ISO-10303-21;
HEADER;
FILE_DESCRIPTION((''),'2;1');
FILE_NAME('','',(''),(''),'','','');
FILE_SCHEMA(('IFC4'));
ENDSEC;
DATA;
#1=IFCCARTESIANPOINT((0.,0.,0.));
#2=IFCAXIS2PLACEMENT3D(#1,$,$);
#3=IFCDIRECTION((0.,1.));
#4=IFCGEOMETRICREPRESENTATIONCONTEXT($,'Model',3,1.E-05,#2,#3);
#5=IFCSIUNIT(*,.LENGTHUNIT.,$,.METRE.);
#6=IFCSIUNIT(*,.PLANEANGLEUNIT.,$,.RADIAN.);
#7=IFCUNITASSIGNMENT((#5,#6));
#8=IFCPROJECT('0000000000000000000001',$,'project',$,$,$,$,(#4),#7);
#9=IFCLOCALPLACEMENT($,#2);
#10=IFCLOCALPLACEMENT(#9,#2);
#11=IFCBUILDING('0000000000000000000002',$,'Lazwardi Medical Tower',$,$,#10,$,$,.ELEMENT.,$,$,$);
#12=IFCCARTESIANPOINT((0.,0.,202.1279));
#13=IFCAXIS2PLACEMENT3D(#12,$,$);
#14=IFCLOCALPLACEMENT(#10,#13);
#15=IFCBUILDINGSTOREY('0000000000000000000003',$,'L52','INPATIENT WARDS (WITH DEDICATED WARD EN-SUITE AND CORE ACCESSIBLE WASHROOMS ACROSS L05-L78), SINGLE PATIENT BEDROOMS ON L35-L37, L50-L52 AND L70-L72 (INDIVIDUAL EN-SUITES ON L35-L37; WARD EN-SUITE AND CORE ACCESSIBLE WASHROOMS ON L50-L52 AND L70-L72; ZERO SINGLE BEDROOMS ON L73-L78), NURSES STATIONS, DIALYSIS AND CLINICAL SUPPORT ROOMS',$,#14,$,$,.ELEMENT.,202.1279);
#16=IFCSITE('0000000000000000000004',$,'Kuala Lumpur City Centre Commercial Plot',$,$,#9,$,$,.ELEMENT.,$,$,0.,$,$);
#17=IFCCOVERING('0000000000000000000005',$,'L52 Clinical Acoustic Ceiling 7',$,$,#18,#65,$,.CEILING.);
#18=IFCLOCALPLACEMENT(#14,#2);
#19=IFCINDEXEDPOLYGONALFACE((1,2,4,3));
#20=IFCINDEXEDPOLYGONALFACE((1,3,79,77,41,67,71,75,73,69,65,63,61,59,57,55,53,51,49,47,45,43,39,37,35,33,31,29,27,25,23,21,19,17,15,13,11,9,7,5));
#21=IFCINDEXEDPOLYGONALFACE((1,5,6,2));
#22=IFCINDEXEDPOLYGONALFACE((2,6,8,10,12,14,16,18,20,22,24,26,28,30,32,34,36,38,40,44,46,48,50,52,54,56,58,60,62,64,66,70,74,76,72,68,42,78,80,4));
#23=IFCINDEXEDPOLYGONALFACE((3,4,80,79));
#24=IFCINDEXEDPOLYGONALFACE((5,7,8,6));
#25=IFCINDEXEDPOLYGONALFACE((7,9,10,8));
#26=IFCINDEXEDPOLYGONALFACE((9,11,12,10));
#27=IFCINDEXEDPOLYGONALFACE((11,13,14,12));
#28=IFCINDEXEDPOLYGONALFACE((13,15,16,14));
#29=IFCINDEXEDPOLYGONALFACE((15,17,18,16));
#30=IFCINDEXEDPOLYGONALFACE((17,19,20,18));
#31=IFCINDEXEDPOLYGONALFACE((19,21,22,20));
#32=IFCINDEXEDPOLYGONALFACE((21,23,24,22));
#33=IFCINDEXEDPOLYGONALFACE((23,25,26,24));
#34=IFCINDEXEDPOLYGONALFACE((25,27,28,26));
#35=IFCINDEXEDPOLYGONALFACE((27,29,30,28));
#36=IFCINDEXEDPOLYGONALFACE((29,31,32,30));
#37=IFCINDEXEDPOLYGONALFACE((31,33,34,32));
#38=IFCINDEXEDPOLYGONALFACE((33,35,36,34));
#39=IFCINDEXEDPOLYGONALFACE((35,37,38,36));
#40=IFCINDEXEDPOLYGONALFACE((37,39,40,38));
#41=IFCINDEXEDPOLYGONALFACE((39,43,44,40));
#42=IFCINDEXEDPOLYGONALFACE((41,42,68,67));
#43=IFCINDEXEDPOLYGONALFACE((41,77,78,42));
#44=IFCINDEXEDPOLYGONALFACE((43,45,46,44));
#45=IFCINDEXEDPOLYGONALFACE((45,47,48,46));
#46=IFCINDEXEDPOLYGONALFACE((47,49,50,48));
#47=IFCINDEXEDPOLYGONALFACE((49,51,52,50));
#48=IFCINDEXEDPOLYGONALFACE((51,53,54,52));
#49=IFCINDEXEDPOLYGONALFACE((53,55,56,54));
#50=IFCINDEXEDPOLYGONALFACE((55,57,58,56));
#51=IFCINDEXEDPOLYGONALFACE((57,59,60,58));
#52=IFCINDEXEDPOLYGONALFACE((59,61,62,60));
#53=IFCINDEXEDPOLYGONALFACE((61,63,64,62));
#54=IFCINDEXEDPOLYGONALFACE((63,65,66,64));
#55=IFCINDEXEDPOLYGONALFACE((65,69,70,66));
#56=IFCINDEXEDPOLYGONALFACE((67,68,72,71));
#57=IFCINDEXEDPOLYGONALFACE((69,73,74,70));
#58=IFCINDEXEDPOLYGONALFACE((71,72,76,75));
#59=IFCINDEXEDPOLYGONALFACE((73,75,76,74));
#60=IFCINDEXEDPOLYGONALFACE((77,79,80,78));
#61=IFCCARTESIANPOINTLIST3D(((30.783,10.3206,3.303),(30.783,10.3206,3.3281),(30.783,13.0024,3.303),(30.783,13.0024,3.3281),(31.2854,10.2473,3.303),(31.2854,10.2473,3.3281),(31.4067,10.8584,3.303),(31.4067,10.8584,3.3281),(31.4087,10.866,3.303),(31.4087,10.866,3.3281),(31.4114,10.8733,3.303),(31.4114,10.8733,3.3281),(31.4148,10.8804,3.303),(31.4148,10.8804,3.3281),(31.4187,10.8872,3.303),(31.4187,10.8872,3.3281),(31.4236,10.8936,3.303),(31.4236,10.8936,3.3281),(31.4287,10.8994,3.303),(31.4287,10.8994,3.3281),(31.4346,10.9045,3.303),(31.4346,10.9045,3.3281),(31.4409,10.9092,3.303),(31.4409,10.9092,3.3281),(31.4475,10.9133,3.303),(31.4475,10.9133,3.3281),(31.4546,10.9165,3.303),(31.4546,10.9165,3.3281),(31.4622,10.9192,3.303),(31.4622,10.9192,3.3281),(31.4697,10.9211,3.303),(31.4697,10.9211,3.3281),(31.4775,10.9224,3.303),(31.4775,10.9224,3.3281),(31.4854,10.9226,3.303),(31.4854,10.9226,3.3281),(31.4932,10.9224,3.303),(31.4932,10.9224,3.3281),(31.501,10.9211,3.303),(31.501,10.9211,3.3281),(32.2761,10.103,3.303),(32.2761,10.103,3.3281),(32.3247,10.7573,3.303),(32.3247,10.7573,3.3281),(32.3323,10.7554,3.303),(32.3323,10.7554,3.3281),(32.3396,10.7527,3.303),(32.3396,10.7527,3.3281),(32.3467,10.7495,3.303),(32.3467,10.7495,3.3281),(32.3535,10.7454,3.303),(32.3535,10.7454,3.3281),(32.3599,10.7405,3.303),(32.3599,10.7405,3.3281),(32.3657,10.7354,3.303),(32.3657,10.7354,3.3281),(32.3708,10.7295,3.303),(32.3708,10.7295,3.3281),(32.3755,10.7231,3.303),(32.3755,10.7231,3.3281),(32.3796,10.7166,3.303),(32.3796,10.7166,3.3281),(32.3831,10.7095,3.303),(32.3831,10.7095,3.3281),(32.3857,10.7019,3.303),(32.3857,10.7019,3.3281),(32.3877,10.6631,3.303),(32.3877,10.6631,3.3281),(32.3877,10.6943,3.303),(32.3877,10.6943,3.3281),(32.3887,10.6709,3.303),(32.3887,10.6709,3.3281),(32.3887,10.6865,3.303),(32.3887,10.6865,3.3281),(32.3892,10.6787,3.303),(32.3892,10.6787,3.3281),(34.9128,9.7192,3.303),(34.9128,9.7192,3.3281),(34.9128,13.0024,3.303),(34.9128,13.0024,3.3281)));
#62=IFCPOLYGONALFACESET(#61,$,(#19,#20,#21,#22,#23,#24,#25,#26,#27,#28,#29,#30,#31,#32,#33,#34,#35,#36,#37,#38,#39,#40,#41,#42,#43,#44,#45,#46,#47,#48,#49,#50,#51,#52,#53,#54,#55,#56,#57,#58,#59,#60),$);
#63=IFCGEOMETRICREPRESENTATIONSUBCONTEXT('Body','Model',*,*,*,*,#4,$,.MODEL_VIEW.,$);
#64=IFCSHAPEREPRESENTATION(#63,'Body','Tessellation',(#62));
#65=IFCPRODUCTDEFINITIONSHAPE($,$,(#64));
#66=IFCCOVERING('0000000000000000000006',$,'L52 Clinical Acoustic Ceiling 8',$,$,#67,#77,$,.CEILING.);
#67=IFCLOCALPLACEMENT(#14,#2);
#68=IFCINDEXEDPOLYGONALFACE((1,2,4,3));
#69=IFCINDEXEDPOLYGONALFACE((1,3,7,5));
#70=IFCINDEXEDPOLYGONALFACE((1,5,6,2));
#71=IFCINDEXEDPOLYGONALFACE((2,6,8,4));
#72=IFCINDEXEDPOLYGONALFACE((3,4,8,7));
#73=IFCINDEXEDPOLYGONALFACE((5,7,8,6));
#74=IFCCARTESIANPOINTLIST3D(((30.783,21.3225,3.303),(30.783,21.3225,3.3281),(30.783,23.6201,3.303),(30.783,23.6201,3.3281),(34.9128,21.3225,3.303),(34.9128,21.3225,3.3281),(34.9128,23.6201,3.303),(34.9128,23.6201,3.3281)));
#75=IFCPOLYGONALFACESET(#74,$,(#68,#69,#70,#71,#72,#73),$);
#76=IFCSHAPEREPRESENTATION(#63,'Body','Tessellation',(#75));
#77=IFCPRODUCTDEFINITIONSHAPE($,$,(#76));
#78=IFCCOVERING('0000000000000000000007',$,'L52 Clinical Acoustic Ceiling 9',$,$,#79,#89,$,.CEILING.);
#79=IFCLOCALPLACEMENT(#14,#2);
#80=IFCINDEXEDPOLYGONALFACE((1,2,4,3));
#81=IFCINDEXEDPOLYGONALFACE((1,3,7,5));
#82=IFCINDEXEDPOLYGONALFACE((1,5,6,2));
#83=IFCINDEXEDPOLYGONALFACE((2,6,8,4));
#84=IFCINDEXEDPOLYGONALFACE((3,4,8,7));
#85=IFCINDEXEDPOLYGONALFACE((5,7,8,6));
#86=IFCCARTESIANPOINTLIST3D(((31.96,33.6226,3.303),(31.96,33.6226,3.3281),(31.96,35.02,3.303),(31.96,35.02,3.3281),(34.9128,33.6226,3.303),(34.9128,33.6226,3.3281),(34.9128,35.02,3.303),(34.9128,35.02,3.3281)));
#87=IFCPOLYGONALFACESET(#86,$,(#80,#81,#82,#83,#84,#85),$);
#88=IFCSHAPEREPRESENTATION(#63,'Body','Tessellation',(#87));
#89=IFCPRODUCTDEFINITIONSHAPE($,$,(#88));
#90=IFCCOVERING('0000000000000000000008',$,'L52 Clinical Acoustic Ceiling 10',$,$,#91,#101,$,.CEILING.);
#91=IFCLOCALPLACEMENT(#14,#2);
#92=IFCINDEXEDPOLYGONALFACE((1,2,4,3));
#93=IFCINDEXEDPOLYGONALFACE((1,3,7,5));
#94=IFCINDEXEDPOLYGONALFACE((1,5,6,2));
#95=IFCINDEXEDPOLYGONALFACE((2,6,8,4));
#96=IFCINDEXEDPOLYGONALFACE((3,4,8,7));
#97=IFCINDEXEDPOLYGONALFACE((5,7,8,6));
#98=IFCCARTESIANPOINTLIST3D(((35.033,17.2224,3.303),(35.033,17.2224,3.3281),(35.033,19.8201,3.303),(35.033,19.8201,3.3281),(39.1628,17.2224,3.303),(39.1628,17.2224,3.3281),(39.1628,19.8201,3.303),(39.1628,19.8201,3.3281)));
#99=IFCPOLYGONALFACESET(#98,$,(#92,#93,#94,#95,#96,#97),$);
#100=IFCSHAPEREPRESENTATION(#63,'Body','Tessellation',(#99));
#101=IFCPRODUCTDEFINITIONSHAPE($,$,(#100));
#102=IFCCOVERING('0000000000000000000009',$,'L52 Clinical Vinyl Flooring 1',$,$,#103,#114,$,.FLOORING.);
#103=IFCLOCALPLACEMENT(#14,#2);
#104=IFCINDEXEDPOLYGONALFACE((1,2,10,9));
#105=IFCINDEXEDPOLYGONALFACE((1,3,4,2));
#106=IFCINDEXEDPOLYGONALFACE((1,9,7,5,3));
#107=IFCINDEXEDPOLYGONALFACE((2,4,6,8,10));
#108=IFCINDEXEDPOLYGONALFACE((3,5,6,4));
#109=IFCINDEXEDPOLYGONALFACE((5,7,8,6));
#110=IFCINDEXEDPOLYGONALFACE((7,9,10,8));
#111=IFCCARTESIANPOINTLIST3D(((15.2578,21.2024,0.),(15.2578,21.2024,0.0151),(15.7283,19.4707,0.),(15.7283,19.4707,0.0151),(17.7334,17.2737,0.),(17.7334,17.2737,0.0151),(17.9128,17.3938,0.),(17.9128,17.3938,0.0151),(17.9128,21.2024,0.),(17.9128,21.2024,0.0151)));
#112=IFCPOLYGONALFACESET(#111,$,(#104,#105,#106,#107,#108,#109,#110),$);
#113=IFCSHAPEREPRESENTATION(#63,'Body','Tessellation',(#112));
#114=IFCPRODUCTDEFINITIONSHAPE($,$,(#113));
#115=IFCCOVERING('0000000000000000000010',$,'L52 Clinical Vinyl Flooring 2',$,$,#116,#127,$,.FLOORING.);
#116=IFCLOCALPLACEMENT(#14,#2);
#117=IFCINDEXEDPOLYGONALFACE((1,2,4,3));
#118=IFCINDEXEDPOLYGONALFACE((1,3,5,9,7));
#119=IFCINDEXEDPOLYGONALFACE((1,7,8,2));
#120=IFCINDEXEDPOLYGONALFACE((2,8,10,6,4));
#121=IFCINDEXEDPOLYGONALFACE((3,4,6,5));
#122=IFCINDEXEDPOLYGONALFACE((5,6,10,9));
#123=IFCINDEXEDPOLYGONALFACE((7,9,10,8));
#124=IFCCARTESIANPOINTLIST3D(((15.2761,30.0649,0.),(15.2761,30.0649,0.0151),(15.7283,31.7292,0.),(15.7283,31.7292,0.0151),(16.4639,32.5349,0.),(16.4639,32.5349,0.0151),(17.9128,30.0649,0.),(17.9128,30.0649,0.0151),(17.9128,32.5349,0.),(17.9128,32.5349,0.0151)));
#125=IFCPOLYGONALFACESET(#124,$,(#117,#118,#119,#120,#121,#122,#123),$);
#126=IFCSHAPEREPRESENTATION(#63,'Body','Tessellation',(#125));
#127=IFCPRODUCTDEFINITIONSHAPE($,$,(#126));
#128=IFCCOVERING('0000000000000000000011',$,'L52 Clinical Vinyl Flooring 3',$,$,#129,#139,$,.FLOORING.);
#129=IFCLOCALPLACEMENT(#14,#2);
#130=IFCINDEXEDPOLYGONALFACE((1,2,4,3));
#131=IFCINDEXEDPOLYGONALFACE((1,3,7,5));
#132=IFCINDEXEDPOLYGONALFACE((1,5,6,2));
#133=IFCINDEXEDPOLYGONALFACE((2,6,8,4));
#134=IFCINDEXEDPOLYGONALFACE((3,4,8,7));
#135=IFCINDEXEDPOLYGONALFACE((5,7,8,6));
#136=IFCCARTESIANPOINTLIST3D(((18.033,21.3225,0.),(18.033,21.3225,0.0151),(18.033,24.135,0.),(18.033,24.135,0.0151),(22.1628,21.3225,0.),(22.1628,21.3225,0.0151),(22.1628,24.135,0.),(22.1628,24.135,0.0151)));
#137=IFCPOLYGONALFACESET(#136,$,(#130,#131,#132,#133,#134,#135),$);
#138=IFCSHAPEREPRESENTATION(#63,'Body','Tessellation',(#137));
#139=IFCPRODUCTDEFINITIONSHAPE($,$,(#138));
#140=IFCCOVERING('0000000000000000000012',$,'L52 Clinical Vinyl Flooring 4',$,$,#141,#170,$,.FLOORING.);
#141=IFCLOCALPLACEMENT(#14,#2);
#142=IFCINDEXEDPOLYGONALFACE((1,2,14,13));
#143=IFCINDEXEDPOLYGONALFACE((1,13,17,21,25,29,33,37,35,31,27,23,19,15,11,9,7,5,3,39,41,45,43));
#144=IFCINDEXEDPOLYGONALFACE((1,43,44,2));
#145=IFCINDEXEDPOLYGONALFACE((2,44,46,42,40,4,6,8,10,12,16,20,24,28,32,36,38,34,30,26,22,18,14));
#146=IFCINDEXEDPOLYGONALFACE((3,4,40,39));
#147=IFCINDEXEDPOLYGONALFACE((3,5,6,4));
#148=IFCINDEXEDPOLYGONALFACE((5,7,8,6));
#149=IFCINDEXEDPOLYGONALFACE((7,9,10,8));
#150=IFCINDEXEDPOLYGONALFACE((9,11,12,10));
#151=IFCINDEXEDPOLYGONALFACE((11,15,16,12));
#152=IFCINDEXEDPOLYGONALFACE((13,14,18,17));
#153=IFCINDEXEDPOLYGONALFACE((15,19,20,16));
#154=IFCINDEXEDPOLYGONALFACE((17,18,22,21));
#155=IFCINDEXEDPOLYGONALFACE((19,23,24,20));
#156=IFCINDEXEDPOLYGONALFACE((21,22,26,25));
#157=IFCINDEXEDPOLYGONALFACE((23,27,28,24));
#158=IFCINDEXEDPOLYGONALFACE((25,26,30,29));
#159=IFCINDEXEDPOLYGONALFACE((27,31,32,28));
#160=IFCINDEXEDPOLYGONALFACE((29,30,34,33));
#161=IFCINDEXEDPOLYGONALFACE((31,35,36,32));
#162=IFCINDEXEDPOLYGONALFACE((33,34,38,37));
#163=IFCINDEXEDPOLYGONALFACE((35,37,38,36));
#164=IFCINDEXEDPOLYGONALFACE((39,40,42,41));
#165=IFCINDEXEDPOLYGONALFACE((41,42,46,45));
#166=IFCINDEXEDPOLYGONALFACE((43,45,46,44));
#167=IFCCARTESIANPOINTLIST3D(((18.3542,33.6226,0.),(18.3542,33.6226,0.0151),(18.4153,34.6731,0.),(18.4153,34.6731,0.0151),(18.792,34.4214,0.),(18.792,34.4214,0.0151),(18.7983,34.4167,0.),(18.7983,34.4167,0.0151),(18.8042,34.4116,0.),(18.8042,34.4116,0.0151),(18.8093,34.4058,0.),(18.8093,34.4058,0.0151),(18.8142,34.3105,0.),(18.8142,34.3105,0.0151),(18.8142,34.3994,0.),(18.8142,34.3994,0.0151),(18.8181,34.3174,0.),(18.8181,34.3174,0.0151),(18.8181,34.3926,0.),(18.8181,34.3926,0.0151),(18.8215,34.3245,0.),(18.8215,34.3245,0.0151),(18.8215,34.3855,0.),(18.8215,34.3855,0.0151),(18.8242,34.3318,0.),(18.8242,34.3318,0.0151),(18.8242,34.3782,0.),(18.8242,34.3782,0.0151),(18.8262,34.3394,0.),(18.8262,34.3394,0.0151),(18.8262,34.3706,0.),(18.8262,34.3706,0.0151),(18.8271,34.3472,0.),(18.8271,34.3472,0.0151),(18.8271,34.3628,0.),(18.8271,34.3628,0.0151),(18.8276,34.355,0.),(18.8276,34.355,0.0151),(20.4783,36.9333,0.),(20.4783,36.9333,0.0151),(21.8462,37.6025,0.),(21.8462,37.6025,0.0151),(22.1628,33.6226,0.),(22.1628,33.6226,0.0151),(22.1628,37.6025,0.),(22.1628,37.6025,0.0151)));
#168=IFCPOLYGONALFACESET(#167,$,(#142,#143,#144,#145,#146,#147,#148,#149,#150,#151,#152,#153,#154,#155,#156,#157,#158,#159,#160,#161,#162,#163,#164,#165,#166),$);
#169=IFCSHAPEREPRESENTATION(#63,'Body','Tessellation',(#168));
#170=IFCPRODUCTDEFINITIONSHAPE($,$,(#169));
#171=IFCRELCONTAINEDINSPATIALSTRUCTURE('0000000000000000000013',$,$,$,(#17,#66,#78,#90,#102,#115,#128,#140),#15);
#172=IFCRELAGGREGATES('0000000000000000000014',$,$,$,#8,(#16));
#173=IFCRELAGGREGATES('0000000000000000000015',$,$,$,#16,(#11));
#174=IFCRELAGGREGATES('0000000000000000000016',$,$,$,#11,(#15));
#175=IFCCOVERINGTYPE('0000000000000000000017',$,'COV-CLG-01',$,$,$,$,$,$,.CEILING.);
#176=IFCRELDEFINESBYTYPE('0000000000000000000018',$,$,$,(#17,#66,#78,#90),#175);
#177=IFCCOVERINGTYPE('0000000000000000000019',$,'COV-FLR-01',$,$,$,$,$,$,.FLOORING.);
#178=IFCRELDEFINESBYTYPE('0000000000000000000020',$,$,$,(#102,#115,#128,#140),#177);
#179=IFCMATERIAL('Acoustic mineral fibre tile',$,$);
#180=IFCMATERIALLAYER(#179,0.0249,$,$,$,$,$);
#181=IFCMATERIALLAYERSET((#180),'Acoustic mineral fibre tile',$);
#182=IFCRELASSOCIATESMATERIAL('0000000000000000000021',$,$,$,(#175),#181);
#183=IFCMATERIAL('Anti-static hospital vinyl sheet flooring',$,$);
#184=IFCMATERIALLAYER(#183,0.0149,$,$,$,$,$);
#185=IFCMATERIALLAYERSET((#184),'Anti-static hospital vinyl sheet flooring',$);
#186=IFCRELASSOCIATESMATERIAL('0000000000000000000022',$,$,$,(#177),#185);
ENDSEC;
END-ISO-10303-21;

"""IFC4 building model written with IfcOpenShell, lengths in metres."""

from ifc_helpers import new_model, si_unit, direction, frame, origin, place, context, subcontext, project, spatial, polyline, outline, extrude, material, layer, layer_set, type_object, element, save


model = new_model("IFC4")

# Units and contexts
model_context = context("Model", 3, precision=1e-05, world=origin(), true_north=direction((0.0, 1.0)))
body_context = subcontext(model_context, "Body", "Model", "MODEL_VIEW")
ifc_project = project(units=[si_unit("LENGTHUNIT", "METRE"), si_unit("PLANEANGLEUNIT", "RADIAN")], contexts=[model_context])

# Site, building, storey
site_placement = place(None, origin())
site = spatial("IfcSite", under=ifc_project, at=site_placement, Name="Kuala Lumpur City Centre Commercial Plot", CompositionType="ELEMENT", RefElevation=0.0)
building_placement = place(site_placement, origin())
building = spatial("IfcBuilding", under=site, at=building_placement, Name="Lazwardi Medical Tower", CompositionType="ELEMENT")
storey_placement = place(building_placement, frame((0.0, 0.0, 202.1279)))
storey = spatial("IfcBuildingStorey", under=building, at=storey_placement, Name="L52", Description="INPATIENT WARDS (WITH DEDICATED WARD EN-SUITE AND CORE ACCESSIBLE WASHROOMS ACROSS L05-L78), SINGLE PATIENT BEDROOMS ON L35-L37, L50-L52 AND L70-L72 (INDIVIDUAL EN-SUITES ON L35-L37; WARD EN-SUITE AND CORE ACCESSIBLE WASHROOMS ON L50-L52 AND L70-L72; ZERO SINGLE BEDROOMS ON L73-L78), NURSES STATIONS, DIALYSIS AND CLINICAL SUPPORT ROOMS", CompositionType="ELEMENT", Elevation=202.1279)

# Coverings
ifc_material_1 = material(Name="Acoustic mineral fibre tile")
ifc_layer_1 = layer(ifc_material_1, 0.0249)
ifc_layer_set_1 = layer_set([ifc_layer_1], Name="Acoustic mineral fibre tile")
covering_type_1 = type_object("IfcCoveringType", Name="COV-CLG-01", PredefinedType="CEILING", material=ifc_layer_set_1)
covering_1_placement = place(storey_placement, frame((0.0, 0.0, 3.303)))
element("IfcCovering", 1, at=covering_1_placement, inside=storey, type_object=covering_type_1, Name="L52 Clinical Acoustic Ceiling 7", PredefinedType="CEILING", context=body_context, shape_type="SweptSolid", body=[
    extrude(outline(polyline([(30.783, 10.3206), (31.2854, 10.2473), (31.4067, 10.8584), (31.4087, 10.866), (31.4114, 10.8733), (31.4148, 10.8804), (31.4187, 10.8872), (31.4236, 10.8936), (31.4287, 10.8994), (31.4346, 10.9045), (31.4409, 10.9092), (31.4475, 10.9133), (31.4546, 10.9165), (31.4622, 10.9192), (31.4697, 10.9211), (31.4775, 10.9224), (31.4854, 10.9226), (31.4932, 10.9224), (31.501, 10.9211), (32.3247, 10.7573), (32.3323, 10.7554), (32.3396, 10.7527), (32.3467, 10.7495), (32.3535, 10.7454), (32.3599, 10.7405), (32.3657, 10.7354), (32.3708, 10.7295), (32.3755, 10.7231), (32.3796, 10.7166), (32.3831, 10.7095), (32.3857, 10.7019), (32.3877, 10.6943), (32.3887, 10.6865), (32.3892, 10.6787), (32.3887, 10.6709), (32.3877, 10.6631), (32.2761, 10.103), (34.9128, 9.7192), (34.9128, 13.0024), (30.783, 13.0024), (30.783, 10.3206)])), origin(), (0.0, 0.0, 1.0), 0.0251),
])
covering_2_placement = place(storey_placement, frame((0.0, 0.0, 3.303)))
element("IfcCovering", 2, at=covering_2_placement, inside=storey, type_object=covering_type_1, Name="L52 Clinical Acoustic Ceiling 8", PredefinedType="CEILING", context=body_context, shape_type="SweptSolid", body=[
    extrude(outline(polyline([(34.9128, 23.6201), (30.783, 23.6201), (30.783, 21.3225), (34.9128, 21.3225), (34.9128, 23.6201)])), origin(), (0.0, 0.0, 1.0), 0.0251),
])
covering_3_placement = place(storey_placement, frame((0.0, 0.0, 3.303)))
element("IfcCovering", 3, at=covering_3_placement, inside=storey, type_object=covering_type_1, Name="L52 Clinical Acoustic Ceiling 9", PredefinedType="CEILING", context=body_context, shape_type="SweptSolid", body=[
    extrude(outline(polyline([(34.9128, 35.02), (31.96, 35.02), (31.96, 33.6226), (34.9128, 33.6226), (34.9128, 35.02)])), origin(), (0.0, 0.0, 1.0), 0.0251),
])
covering_4_placement = place(storey_placement, frame((0.0, 0.0, 3.303)))
element("IfcCovering", 4, at=covering_4_placement, inside=storey, type_object=covering_type_1, Name="L52 Clinical Acoustic Ceiling 10", PredefinedType="CEILING", context=body_context, shape_type="SweptSolid", body=[
    extrude(outline(polyline([(39.1628, 19.8201), (35.033, 19.8201), (35.033, 17.2224), (39.1628, 17.2224), (39.1628, 19.8201)])), origin(), (0.0, 0.0, 1.0), 0.0251),
])
ifc_material_2 = material(Name="Anti-static hospital vinyl sheet flooring")
ifc_layer_2 = layer(ifc_material_2, 0.0149)
ifc_layer_set_2 = layer_set([ifc_layer_2], Name="Anti-static hospital vinyl sheet flooring")
covering_type_2 = type_object("IfcCoveringType", Name="COV-FLR-01", PredefinedType="FLOORING", material=ifc_layer_set_2)
covering_5_placement = place(storey_placement, origin())
element("IfcCovering", 5, at=covering_5_placement, inside=storey, type_object=covering_type_2, Name="L52 Clinical Vinyl Flooring 1", PredefinedType="FLOORING", context=body_context, shape_type="SweptSolid", body=[
    extrude(outline(polyline([(15.2578, 21.2024), (15.7283, 19.4707), (17.7334, 17.2737), (17.9128, 17.3938), (17.9128, 21.2024), (15.2578, 21.2024)])), origin(), (0.0, 0.0, 1.0), 0.0151),
])
covering_6_placement = place(storey_placement, origin())
element("IfcCovering", 6, at=covering_6_placement, inside=storey, type_object=covering_type_2, Name="L52 Clinical Vinyl Flooring 2", PredefinedType="FLOORING", context=body_context, shape_type="SweptSolid", body=[
    extrude(outline(polyline([(17.9128, 32.5349), (16.4639, 32.5349), (15.7283, 31.7292), (15.2761, 30.0649), (17.9128, 30.0649), (17.9128, 32.5349)])), origin(), (0.0, 0.0, 1.0), 0.0151),
])
covering_7_placement = place(storey_placement, origin())
element("IfcCovering", 7, at=covering_7_placement, inside=storey, type_object=covering_type_2, Name="L52 Clinical Vinyl Flooring 3", PredefinedType="FLOORING", context=body_context, shape_type="SweptSolid", body=[
    extrude(outline(polyline([(22.1628, 24.135), (18.033, 24.135), (18.033, 21.3225), (22.1628, 21.3225), (22.1628, 24.135)])), origin(), (0.0, 0.0, 1.0), 0.0151),
])
covering_8_placement = place(storey_placement, origin())
element("IfcCovering", 8, at=covering_8_placement, inside=storey, type_object=covering_type_2, Name="L52 Clinical Vinyl Flooring 4", PredefinedType="FLOORING", context=body_context, shape_type="SweptSolid", body=[
    extrude(outline(polyline([(21.8462, 37.6025), (20.4783, 36.9333), (18.4153, 34.6731), (18.792, 34.4214), (18.7983, 34.4167), (18.8042, 34.4116), (18.8093, 34.4058), (18.8142, 34.3994), (18.8181, 34.3926), (18.8215, 34.3855), (18.8242, 34.3782), (18.8262, 34.3706), (18.8271, 34.3628), (18.8276, 34.355), (18.8271, 34.3472), (18.8262, 34.3394), (18.8242, 34.3318), (18.8215, 34.3245), (18.8181, 34.3174), (18.8142, 34.3105), (18.3542, 33.6226), (22.1628, 33.6226), (22.1628, 37.6025), (21.8462, 37.6025)])), origin(), (0.0, 0.0, 1.0), 0.0151),
])

save(model, "model.ifc")
